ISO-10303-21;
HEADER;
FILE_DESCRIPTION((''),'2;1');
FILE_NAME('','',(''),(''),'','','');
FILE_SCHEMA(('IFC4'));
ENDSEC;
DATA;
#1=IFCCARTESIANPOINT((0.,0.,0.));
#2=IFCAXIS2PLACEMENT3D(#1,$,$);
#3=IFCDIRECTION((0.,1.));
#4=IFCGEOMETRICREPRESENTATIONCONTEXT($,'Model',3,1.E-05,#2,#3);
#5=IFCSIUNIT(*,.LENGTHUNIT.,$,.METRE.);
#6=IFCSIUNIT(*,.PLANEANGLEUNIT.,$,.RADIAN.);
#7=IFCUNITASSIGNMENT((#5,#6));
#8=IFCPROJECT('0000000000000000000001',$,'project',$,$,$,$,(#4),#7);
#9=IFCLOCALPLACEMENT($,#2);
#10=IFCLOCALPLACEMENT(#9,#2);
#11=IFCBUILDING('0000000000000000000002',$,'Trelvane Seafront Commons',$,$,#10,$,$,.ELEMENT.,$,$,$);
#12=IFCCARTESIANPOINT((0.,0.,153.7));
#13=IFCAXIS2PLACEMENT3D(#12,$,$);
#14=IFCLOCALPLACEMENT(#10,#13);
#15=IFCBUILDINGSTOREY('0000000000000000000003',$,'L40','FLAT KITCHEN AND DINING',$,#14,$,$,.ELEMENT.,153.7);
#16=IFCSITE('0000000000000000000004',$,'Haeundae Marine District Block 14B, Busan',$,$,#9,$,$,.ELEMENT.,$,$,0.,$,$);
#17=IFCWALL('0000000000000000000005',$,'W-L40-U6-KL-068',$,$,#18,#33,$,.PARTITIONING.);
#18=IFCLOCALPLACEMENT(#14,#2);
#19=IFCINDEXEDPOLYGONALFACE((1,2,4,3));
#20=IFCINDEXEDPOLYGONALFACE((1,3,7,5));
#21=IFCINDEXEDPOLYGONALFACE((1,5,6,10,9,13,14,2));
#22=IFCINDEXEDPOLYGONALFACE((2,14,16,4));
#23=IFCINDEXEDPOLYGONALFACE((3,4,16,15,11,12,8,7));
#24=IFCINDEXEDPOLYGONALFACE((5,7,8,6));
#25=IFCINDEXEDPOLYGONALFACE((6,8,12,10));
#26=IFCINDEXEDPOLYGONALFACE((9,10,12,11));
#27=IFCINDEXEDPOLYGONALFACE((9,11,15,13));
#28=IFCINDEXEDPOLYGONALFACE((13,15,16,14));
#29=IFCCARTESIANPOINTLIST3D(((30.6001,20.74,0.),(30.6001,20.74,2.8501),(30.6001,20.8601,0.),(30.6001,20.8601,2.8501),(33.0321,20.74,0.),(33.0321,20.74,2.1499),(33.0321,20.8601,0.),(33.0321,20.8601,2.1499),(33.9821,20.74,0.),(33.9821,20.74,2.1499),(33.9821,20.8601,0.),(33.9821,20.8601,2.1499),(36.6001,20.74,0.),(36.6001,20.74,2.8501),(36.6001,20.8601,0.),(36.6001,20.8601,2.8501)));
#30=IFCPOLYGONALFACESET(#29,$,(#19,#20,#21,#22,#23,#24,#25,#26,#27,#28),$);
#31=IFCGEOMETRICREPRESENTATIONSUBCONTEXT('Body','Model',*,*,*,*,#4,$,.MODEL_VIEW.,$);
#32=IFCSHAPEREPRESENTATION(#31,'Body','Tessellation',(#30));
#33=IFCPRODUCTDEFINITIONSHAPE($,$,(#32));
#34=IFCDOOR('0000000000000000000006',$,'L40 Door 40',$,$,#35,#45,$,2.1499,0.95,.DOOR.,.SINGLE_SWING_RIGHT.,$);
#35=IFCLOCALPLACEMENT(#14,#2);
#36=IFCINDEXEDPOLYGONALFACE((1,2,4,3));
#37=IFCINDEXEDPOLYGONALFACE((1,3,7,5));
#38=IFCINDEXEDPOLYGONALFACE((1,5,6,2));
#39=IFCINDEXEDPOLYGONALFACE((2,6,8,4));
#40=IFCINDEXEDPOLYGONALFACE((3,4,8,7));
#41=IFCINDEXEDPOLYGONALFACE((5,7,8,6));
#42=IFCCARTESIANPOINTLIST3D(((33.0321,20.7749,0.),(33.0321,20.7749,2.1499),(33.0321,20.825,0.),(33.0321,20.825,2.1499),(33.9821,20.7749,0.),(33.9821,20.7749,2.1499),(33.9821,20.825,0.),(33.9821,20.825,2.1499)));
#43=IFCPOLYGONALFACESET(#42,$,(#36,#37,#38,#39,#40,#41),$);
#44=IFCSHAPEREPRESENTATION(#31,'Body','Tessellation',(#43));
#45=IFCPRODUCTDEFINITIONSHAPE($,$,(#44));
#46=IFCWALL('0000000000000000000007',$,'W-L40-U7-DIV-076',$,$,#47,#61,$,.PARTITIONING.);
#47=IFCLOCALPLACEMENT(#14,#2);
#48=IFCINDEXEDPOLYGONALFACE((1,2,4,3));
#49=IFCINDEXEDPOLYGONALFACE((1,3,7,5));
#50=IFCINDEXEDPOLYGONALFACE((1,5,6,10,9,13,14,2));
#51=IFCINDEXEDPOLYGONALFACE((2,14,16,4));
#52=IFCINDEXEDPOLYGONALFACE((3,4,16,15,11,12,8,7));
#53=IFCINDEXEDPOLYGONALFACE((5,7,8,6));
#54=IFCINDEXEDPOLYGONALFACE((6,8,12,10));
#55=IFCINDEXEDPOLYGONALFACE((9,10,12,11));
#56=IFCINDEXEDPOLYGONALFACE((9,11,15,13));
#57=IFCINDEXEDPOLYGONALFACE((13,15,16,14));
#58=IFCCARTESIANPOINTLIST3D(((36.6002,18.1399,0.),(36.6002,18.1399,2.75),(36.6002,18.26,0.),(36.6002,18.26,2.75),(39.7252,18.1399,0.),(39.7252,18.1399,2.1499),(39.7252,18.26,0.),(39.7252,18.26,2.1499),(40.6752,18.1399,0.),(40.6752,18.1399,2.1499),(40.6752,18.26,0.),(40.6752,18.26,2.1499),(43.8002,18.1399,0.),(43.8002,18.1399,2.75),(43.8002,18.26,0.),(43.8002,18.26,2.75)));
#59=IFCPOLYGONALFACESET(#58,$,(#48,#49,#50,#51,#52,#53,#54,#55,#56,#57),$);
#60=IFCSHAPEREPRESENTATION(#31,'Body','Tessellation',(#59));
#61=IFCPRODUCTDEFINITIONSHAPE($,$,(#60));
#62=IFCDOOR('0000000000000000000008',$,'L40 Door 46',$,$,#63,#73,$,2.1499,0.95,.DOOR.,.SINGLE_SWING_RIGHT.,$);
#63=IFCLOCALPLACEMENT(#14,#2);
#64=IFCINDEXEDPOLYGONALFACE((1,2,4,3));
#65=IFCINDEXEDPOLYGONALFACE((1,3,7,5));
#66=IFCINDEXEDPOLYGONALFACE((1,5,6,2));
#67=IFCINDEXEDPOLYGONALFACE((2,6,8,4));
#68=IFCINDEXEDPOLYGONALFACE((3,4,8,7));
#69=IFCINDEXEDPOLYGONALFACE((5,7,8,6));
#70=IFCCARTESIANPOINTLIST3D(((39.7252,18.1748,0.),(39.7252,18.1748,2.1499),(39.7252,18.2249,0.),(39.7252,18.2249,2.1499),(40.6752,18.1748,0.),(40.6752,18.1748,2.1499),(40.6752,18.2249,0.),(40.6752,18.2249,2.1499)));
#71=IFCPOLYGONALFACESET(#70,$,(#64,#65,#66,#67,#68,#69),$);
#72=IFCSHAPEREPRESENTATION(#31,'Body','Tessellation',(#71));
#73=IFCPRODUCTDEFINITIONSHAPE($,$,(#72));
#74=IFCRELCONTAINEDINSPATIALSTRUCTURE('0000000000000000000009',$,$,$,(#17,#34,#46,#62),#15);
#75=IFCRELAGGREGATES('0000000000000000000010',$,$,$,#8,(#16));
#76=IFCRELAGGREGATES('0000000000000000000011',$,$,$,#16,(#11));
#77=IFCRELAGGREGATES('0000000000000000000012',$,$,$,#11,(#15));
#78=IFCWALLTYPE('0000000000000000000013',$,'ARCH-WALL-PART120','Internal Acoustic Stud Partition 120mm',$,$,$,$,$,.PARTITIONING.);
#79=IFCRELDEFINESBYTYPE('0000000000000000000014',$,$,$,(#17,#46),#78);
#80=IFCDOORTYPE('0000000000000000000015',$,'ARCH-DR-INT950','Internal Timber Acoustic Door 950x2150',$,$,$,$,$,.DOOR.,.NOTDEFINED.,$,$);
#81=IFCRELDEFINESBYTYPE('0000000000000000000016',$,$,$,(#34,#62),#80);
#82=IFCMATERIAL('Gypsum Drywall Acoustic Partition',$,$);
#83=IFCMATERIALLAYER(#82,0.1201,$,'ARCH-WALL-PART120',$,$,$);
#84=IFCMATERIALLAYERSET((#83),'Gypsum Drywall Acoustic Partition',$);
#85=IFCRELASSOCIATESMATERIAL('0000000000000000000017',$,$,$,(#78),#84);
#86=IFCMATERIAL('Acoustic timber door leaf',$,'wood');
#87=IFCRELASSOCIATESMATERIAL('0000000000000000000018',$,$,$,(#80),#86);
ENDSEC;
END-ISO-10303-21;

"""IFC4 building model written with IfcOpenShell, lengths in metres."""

from ifc_helpers import new_model, si_unit, direction, frame, frame_2d, origin, place, context, subcontext, project, spatial, rectangle, extrude, source, transform, mapped, material, layer, layer_set, type_object, element, fill, save


model = new_model("IFC4")

# Units and contexts
model_context = context("Model", 3, precision=1e-05, world=origin(), true_north=direction((0.0, 1.0)))
body_context = subcontext(model_context, "Body", "Model", "MODEL_VIEW")
ifc_project = project(units=[si_unit("LENGTHUNIT", "METRE"), si_unit("PLANEANGLEUNIT", "RADIAN")], contexts=[model_context])

# Site, building, storey
site_placement = place(None, origin())
site = spatial("IfcSite", under=ifc_project, at=site_placement, Name="Haeundae Marine District Block 14B, Busan", CompositionType="ELEMENT", RefElevation=0.0)
building_placement = place(site_placement, origin())
building = spatial("IfcBuilding", under=site, at=building_placement, Name="Trelvane Seafront Commons", CompositionType="ELEMENT")
storey_placement = place(building_placement, frame((0.0, 0.0, 153.7)))
storey = spatial("IfcBuildingStorey", under=building, at=storey_placement, Name="L40", Description="FLAT KITCHEN AND DINING", CompositionType="ELEMENT", Elevation=153.7)

# Walls, openings, doors
ifc_material_1 = material(Name="Gypsum Drywall Acoustic Partition")
ifc_layer = layer(ifc_material_1, 0.1201, Name="ARCH-WALL-PART120")
ifc_layer_set = layer_set([ifc_layer], Name="Gypsum Drywall Acoustic Partition")
wall_type = type_object("IfcWallType", Name="ARCH-WALL-PART120", Description="Internal Acoustic Stud Partition 120mm", PredefinedType="PARTITIONING", material=ifc_layer_set)
ifc_material_2 = material(Name="Acoustic timber door leaf", Category="wood")
door_type = type_object("IfcDoorType", Name="ARCH-DR-INT950", Description="Internal Timber Acoustic Door 950x2150", OperationType="NOTDEFINED", PredefinedType="DOOR", material=ifc_material_2)
shared_shape_1 = source(origin(), body_context, "Body", "SweptSolid", [
    extrude(rectangle(XDim=0.95, YDim=2.1499, at=frame_2d((0.4751, 1.075))), frame((0.0, 0.0249, 0.0), z_axis=(0.0, -1.0, 0.0), x_axis=(1.0, 0.0, 0.0)), (0.0, 0.0, 1.0), 0.05),
])
wall_1_placement = place(storey_placement, frame((30.6001, 20.8, 0.0), z_axis=(0.0, 0.0, 1.0), x_axis=(1.0, 0.0, 0.0)))
wall_1 = element("IfcWall", 1, at=wall_1_placement, inside=storey, type_object=wall_type, Name="W-L40-U6-KL-068", PredefinedType="PARTITIONING", context=body_context, shape_type="SweptSolid", body=[
    extrude(rectangle(XDim=6.0, YDim=0.1201, at=frame_2d((3.0, 0.0))), origin(), (0.0, 0.0, 1.0), 2.8501),
])
opening_1_placement = place(wall_1_placement, frame((2.4319, 0.0, 0.0)))
opening_1 = element("IfcOpeningElement", 2, at=opening_1_placement, cuts=wall_1, PredefinedType="OPENING", context=body_context, shape_type="SweptSolid", body=[
    extrude(rectangle(XDim=0.95, YDim=2.1499, at=frame_2d((0.4751, 1.075))), frame((0.0, 0.0701, 0.0), z_axis=(0.0, -1.0, 0.0), x_axis=(1.0, 0.0, 0.0)), (0.0, 0.0, 1.0), 0.1401),
])
door_1_placement = place(opening_1_placement, origin())
door_1 = element("IfcDoor", 3, at=door_1_placement, inside=storey, type_object=door_type, Name="L40 Door 40", OperationType="SINGLE_SWING_RIGHT", OverallHeight=2.1499, OverallWidth=0.95, PredefinedType="DOOR", context=body_context, shape_type="MappedRepresentation", body=[
    mapped(shared_shape_1, transform((0.0, 0.0, 0.0), x_axis=(1.0, 0.0, 0.0), y_axis=(0.0, 1.0, 0.0), z_axis=(0.0, 0.0, 1.0), scale=1.0)),
])
fill(opening_1, door_1)
wall_2_placement = place(storey_placement, frame((36.6001, 18.2, 0.0), z_axis=(0.0, 0.0, 1.0), x_axis=(1.0, 0.0, 0.0)))
wall_2 = element("IfcWall", 4, at=wall_2_placement, inside=storey, type_object=wall_type, Name="W-L40-U7-DIV-076", PredefinedType="PARTITIONING", context=body_context, shape_type="SweptSolid", body=[
    extrude(rectangle(XDim=7.2, YDim=0.1201, at=frame_2d((3.6001, 0.0))), origin(), (0.0, 0.0, 1.0), 2.75),
])
opening_2_placement = place(wall_2_placement, frame((3.125, 0.0, 0.0)))
opening_2 = element("IfcOpeningElement", 5, at=opening_2_placement, cuts=wall_2, PredefinedType="OPENING", context=body_context, shape_type="SweptSolid", body=[
    extrude(rectangle(XDim=0.95, YDim=2.1499, at=frame_2d((0.4751, 1.075))), frame((0.0, 0.0701, 0.0), z_axis=(0.0, -1.0, 0.0), x_axis=(1.0, 0.0, 0.0)), (0.0, 0.0, 1.0), 0.1401),
])
door_2_placement = place(opening_2_placement, origin())
door_2 = element("IfcDoor", 6, at=door_2_placement, inside=storey, type_object=door_type, Name="L40 Door 46", OperationType="SINGLE_SWING_RIGHT", OverallHeight=2.1499, OverallWidth=0.95, PredefinedType="DOOR", context=body_context, shape_type="MappedRepresentation", body=[
    mapped(shared_shape_1, transform((0.0, 0.0, 0.0), x_axis=(1.0, 0.0, 0.0), y_axis=(0.0, 1.0, 0.0), z_axis=(0.0, 0.0, 1.0), scale=1.0)),
])
fill(opening_2, door_2)

save(model, "model.ifc")
